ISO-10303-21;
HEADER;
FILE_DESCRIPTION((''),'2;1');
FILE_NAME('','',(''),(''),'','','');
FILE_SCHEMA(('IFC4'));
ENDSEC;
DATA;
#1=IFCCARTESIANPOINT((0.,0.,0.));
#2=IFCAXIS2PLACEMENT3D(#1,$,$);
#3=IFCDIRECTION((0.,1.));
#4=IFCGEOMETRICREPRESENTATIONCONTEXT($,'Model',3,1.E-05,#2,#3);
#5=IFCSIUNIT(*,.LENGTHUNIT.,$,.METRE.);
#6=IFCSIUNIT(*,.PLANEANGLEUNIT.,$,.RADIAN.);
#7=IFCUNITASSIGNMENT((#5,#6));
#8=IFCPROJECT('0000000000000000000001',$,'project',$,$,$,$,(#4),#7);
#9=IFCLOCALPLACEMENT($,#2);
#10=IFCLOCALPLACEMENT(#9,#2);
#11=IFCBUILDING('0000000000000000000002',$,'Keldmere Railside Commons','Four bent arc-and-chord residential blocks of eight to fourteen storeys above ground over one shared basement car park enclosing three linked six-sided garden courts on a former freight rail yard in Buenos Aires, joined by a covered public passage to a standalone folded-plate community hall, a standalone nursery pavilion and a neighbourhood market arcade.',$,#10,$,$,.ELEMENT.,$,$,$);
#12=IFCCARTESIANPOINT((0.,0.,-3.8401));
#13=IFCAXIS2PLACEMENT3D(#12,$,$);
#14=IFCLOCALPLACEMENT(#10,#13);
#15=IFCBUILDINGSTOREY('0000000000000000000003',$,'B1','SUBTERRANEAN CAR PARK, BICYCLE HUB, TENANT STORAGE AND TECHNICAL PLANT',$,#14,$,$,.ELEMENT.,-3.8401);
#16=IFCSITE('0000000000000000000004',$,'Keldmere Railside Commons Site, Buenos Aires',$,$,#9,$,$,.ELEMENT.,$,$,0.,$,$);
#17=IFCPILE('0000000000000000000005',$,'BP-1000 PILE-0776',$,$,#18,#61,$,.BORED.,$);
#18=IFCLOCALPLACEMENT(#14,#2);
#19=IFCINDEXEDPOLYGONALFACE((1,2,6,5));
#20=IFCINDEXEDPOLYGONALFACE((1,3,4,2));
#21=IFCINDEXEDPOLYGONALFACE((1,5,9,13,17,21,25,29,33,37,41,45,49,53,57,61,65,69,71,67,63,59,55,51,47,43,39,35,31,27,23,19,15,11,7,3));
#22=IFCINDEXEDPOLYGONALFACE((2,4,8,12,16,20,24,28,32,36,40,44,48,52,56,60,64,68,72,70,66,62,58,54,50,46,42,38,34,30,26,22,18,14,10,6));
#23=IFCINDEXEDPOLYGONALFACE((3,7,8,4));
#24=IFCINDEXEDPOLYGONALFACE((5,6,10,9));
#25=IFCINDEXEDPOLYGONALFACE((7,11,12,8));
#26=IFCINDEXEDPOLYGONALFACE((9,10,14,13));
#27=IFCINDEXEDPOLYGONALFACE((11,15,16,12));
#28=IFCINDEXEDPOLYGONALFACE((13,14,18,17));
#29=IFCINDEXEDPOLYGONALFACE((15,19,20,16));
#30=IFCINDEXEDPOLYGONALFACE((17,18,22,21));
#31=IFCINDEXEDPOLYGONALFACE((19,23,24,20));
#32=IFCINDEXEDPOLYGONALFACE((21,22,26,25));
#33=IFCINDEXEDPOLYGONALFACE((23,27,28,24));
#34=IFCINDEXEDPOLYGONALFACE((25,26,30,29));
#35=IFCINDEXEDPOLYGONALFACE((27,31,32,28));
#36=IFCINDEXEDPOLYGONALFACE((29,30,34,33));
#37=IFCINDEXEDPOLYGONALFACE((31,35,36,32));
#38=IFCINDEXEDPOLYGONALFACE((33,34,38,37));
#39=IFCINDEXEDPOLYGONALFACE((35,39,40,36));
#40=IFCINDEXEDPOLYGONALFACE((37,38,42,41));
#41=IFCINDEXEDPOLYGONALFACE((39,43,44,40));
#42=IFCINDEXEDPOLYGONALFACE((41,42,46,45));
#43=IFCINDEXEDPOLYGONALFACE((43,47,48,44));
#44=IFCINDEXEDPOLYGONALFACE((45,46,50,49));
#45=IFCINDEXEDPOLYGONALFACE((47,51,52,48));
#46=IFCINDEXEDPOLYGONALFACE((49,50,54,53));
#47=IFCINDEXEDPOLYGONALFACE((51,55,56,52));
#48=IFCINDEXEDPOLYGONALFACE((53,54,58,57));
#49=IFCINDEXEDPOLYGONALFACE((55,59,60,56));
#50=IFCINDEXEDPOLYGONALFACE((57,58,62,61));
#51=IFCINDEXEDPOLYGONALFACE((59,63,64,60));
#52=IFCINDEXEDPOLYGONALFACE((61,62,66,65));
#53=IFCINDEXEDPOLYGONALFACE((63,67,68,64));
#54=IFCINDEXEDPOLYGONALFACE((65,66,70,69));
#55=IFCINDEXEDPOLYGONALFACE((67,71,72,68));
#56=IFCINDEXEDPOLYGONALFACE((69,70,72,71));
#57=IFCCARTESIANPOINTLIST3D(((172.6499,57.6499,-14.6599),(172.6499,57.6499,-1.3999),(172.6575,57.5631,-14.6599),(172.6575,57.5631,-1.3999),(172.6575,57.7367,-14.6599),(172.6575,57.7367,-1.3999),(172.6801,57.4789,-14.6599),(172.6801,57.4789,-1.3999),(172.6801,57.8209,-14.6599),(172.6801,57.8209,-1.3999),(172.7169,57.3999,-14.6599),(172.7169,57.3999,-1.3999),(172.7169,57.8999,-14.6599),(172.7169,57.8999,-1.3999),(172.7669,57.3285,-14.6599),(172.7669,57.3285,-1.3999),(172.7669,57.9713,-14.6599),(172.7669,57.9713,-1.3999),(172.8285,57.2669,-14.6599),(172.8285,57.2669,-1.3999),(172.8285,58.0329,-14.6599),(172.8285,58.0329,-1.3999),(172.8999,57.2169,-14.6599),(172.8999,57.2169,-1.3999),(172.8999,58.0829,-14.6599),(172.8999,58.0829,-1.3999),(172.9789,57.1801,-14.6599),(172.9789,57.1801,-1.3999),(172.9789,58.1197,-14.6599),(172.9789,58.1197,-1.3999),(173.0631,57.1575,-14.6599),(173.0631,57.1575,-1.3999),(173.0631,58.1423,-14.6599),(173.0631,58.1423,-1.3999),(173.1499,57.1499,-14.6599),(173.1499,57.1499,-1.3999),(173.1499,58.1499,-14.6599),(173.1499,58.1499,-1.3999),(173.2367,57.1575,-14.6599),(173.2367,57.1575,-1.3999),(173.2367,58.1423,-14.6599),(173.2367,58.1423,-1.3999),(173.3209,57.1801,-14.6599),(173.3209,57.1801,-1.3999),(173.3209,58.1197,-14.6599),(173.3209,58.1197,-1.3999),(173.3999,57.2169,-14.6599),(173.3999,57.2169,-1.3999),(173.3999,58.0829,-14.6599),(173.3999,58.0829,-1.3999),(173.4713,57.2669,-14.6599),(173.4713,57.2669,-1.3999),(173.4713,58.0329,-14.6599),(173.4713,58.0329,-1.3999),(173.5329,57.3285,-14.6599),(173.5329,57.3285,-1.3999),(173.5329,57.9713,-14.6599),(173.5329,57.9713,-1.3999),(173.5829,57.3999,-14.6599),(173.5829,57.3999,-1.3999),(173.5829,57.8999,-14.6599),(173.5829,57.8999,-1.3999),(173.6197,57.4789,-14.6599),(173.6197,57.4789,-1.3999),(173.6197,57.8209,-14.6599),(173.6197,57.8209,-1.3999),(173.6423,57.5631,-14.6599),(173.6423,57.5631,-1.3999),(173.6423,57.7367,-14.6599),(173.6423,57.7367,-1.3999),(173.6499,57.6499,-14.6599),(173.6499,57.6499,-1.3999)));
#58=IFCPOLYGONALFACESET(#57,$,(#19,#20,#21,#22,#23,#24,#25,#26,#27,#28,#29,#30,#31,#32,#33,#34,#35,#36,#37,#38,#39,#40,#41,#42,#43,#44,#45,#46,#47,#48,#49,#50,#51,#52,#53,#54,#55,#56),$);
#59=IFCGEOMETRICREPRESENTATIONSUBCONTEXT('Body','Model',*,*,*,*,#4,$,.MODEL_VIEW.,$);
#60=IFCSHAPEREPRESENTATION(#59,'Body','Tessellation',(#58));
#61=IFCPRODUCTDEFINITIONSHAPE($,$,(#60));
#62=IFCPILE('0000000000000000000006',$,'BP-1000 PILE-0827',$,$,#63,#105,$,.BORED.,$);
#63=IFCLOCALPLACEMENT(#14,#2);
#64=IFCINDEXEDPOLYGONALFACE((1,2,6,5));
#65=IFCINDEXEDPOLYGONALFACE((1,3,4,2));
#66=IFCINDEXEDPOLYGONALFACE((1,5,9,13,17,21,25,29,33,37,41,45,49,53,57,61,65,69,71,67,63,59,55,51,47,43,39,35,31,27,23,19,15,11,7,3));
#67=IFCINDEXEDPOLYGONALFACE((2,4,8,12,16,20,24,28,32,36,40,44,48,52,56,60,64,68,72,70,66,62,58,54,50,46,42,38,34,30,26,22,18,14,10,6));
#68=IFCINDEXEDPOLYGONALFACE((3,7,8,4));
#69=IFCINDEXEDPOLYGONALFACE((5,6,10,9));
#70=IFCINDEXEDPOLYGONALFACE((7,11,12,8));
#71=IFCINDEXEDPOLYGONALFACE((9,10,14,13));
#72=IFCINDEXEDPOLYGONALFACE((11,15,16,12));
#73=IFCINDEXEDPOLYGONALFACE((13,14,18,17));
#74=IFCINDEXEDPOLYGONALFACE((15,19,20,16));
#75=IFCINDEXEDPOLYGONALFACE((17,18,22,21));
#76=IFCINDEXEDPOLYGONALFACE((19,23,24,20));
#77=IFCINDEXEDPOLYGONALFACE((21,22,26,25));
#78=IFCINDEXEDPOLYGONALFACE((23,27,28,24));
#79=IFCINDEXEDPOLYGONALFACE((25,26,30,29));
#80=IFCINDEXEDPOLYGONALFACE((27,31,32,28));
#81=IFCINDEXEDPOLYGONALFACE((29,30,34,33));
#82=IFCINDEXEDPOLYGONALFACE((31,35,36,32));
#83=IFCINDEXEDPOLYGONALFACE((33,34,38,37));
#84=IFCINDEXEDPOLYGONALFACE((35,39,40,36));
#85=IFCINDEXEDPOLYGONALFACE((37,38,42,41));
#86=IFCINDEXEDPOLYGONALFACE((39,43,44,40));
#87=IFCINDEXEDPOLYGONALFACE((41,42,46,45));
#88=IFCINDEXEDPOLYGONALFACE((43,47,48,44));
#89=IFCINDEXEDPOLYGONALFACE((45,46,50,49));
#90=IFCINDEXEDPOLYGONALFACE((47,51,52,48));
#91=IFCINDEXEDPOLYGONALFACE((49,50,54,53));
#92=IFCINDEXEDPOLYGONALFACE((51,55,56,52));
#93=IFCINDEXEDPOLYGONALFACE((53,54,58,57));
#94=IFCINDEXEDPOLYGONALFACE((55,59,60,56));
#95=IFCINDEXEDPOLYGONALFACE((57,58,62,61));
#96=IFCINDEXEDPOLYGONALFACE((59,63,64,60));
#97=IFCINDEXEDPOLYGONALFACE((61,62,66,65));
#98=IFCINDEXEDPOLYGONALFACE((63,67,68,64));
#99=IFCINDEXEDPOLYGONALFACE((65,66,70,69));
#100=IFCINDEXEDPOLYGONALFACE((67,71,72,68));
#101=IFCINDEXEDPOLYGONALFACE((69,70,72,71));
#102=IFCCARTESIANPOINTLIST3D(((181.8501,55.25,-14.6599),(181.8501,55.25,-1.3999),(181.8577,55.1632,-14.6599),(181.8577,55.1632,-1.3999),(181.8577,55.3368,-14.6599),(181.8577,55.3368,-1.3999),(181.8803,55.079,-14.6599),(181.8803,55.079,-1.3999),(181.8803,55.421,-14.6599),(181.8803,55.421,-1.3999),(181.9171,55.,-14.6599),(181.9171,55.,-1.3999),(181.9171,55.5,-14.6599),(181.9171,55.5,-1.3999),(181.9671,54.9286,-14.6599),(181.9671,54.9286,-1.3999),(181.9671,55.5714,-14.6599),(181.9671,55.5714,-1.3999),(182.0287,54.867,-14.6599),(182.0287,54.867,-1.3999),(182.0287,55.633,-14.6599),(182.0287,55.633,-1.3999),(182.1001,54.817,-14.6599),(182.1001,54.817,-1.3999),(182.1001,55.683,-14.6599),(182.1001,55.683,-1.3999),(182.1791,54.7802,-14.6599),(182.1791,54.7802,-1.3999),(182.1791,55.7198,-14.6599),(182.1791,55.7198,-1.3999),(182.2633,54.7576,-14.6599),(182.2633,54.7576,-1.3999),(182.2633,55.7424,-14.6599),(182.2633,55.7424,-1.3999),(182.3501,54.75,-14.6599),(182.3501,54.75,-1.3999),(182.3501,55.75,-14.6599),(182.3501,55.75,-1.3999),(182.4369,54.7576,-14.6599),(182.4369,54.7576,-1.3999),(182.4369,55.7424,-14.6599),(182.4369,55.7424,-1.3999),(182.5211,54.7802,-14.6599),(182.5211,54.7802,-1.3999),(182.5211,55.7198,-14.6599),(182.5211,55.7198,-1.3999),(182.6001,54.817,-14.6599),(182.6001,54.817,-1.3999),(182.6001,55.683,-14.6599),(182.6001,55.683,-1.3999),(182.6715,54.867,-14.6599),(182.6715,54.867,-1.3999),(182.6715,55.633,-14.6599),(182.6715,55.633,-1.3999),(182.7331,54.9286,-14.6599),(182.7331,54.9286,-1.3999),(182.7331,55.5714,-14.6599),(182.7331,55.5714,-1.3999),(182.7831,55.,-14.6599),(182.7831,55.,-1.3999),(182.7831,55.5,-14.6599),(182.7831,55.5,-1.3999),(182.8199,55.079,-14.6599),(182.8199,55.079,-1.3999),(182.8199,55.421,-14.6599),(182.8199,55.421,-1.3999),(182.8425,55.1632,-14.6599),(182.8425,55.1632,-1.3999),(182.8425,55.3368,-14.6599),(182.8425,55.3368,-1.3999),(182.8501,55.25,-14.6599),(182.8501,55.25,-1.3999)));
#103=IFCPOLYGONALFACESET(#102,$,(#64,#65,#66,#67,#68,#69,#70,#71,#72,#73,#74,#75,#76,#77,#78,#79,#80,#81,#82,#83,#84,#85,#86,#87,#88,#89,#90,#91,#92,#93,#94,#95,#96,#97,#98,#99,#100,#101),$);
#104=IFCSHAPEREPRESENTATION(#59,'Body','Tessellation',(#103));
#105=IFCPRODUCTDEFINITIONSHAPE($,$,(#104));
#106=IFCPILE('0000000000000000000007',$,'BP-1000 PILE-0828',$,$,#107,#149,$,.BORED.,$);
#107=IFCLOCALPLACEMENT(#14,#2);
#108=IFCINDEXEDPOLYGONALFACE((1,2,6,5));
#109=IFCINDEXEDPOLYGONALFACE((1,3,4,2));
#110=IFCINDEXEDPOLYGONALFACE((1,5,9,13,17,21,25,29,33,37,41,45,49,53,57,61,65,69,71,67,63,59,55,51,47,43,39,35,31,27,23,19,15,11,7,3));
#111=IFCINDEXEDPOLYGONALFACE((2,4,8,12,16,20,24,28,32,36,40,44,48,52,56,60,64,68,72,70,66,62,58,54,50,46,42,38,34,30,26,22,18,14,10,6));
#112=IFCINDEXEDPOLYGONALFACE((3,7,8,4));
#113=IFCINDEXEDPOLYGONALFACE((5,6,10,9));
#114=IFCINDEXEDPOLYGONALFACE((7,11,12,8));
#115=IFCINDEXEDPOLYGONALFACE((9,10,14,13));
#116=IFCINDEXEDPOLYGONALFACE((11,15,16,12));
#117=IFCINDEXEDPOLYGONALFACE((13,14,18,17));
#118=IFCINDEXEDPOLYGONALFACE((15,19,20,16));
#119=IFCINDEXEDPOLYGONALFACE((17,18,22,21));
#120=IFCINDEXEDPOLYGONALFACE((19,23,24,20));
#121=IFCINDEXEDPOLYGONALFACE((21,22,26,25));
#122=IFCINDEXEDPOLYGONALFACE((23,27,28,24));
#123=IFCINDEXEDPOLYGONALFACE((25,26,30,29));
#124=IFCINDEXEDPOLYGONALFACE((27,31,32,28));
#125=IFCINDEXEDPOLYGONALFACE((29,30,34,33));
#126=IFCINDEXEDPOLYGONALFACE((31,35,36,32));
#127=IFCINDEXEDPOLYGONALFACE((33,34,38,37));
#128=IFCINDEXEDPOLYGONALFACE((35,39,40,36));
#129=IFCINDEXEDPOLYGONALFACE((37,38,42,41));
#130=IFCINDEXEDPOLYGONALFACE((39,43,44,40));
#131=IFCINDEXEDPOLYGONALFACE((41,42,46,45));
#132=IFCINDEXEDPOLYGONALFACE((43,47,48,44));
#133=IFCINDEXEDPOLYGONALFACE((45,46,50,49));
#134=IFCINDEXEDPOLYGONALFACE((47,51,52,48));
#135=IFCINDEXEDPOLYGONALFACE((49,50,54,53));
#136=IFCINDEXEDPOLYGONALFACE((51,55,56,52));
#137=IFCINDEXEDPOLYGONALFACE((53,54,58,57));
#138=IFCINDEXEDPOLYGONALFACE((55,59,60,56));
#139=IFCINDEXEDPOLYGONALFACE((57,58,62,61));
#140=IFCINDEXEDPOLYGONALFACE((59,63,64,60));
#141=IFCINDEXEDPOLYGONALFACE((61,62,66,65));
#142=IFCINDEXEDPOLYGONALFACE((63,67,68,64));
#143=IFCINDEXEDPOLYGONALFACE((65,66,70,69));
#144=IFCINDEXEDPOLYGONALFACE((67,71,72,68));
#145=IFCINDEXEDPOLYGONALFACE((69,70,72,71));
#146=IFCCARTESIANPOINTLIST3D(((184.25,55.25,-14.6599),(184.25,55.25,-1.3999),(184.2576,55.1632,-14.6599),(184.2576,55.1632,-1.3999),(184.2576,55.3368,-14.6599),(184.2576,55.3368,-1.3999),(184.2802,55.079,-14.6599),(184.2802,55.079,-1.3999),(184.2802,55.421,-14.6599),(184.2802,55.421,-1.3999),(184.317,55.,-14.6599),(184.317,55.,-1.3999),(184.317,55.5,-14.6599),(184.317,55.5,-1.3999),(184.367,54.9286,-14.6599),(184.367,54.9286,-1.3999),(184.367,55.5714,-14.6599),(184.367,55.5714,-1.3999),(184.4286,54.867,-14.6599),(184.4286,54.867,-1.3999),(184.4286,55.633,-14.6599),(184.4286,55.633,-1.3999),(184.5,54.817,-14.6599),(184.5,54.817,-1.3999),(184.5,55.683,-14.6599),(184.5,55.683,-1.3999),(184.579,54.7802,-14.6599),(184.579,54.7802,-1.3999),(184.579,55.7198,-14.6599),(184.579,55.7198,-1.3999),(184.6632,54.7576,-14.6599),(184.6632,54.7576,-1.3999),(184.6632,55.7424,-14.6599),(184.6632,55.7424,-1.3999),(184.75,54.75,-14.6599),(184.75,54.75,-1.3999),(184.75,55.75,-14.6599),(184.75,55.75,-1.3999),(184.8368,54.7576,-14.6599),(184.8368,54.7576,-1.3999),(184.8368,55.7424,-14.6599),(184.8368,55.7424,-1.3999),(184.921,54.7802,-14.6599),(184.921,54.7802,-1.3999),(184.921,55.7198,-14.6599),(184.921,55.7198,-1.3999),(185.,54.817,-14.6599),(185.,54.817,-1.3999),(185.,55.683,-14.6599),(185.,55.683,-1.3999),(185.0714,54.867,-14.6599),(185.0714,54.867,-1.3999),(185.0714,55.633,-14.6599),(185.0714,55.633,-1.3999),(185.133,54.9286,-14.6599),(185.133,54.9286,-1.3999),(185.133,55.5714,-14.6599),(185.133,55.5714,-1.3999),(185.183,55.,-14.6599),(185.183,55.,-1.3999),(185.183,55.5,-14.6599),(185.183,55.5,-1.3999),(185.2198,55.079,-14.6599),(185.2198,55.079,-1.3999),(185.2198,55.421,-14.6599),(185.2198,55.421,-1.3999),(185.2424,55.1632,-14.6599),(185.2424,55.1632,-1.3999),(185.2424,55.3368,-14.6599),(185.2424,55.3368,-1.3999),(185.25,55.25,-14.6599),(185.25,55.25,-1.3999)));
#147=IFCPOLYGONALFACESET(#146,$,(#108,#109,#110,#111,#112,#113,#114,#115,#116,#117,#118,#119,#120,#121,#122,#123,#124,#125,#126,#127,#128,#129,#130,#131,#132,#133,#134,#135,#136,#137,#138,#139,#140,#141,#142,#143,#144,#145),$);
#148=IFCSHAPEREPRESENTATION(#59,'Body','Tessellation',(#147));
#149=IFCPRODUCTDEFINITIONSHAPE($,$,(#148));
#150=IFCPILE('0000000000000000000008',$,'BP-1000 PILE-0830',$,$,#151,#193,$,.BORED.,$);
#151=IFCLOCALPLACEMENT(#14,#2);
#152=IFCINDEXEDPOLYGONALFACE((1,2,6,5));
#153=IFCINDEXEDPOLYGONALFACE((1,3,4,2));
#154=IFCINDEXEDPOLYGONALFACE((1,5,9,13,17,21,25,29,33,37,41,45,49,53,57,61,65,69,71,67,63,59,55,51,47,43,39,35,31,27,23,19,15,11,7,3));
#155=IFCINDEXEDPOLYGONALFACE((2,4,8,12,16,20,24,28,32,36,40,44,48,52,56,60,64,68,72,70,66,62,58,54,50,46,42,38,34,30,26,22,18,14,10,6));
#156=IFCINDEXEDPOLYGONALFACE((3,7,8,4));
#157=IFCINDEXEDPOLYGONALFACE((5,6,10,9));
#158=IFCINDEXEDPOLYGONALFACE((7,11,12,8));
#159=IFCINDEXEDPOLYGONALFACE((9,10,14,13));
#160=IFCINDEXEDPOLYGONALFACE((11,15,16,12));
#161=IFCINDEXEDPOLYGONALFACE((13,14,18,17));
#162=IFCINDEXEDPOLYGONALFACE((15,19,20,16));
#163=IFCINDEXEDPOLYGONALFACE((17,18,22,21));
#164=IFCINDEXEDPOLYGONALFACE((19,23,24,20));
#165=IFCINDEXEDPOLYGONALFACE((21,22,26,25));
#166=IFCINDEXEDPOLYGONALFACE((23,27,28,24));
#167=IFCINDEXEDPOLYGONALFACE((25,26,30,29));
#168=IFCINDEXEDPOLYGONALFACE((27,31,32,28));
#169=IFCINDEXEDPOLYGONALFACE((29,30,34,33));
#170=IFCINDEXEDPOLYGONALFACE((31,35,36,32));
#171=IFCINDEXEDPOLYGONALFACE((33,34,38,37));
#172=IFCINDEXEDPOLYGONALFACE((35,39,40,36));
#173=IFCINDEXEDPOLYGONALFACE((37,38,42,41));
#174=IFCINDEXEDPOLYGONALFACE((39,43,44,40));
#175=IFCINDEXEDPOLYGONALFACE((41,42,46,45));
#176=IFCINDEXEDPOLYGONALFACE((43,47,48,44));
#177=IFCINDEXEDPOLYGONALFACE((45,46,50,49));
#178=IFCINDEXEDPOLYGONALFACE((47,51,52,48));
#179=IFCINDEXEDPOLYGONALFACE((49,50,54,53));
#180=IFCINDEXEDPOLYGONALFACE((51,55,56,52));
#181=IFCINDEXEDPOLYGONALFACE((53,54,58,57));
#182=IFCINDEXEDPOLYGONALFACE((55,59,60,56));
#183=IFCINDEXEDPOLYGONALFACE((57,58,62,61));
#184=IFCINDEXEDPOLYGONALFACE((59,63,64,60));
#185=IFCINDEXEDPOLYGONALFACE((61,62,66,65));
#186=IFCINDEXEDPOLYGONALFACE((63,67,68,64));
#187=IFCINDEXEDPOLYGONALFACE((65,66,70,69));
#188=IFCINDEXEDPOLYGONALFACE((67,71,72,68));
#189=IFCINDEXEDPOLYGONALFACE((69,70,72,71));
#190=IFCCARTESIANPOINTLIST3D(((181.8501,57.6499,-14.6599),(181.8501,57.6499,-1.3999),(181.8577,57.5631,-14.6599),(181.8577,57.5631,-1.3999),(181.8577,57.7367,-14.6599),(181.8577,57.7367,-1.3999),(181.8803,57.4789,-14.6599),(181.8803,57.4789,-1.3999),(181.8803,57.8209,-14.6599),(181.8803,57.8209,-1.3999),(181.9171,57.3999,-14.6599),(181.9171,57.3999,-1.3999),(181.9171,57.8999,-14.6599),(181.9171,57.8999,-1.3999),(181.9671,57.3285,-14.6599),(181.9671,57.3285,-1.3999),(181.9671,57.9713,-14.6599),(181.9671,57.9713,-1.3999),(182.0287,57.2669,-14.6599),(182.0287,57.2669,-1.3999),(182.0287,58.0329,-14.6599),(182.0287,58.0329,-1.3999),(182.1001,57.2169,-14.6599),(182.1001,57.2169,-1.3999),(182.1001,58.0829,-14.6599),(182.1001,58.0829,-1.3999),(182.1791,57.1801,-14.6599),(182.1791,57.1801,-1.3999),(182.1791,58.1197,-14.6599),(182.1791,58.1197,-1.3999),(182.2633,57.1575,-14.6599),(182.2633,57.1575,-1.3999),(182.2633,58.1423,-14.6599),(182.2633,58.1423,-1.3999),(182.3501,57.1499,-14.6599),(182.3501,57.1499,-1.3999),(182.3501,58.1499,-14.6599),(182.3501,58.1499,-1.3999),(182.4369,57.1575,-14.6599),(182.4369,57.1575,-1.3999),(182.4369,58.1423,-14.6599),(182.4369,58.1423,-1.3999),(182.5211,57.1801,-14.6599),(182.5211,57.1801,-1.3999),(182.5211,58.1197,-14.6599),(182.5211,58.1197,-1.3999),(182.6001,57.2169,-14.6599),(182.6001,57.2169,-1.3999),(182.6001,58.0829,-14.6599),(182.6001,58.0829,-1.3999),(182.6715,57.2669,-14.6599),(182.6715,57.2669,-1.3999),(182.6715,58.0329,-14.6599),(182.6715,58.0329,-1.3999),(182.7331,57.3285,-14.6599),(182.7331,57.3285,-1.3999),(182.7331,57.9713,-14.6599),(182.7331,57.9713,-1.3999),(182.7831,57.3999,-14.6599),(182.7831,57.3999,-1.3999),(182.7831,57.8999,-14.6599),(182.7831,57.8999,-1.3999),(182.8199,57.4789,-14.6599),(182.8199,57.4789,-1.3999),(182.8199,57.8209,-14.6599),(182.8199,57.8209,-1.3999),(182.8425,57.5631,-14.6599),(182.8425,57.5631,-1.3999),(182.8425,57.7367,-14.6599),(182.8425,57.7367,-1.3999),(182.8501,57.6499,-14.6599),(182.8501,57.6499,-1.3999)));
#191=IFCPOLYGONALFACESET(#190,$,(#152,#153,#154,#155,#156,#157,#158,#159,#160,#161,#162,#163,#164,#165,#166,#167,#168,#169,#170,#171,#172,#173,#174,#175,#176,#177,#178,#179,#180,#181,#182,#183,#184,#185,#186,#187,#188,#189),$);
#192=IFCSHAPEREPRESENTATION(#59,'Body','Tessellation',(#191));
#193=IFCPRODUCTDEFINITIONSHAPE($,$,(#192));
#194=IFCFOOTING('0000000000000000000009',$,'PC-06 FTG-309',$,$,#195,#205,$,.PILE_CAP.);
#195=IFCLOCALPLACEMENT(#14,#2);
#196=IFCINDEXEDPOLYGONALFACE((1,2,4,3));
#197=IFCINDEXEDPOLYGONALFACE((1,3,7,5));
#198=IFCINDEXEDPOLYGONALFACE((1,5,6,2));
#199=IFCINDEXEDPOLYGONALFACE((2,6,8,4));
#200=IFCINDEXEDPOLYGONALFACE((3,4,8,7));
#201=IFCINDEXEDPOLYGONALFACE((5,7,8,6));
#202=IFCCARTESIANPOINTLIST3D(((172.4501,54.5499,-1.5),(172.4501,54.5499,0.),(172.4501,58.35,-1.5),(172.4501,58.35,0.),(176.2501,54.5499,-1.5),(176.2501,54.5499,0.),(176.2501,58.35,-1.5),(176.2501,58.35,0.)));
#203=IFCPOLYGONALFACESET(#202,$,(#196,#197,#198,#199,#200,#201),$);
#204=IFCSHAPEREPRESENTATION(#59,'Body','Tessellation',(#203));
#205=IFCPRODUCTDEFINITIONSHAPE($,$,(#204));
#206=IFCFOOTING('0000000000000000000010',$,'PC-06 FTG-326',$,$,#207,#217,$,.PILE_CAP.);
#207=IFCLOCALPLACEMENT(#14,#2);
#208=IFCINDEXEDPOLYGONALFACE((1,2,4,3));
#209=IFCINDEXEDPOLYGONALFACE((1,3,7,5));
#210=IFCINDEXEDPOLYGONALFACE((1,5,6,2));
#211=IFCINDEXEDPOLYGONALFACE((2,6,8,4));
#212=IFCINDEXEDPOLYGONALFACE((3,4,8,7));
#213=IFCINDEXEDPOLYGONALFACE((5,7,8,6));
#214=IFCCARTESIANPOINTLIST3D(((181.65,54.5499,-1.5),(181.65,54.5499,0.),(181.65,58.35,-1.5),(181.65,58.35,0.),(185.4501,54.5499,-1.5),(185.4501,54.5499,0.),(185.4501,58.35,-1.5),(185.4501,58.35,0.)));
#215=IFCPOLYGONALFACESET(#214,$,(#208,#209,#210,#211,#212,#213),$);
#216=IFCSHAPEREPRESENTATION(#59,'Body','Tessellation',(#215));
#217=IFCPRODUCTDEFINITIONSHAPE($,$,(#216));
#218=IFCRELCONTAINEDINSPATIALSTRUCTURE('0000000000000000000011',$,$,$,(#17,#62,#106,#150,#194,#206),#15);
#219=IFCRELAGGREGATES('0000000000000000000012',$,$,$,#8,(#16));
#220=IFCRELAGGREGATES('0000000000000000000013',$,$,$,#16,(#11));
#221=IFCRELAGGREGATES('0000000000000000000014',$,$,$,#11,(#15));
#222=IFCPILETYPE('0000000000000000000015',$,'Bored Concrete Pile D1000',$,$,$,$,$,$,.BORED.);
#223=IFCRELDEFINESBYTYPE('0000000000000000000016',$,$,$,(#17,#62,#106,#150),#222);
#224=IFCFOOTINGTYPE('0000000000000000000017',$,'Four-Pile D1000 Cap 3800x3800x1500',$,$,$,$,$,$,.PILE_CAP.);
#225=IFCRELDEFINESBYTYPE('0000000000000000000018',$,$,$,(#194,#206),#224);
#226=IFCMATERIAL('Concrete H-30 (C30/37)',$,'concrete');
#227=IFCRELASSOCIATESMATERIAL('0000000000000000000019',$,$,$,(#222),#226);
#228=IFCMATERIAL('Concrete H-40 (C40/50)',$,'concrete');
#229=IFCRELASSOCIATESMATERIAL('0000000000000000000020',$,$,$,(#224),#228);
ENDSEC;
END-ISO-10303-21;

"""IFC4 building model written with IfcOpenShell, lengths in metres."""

from ifc_helpers import new_model, si_unit, direction, frame, origin, origin_2d, place, context, subcontext, project, spatial, rectangle, circle, extrude, material, material_profile, profile_set, type_object, element, save


model = new_model("IFC4")

# Units and contexts
model_context = context("Model", 3, precision=1e-05, world=origin(), true_north=direction((0.0, 1.0)))
body_context = subcontext(model_context, "Body", "Model", "MODEL_VIEW")
ifc_project = project(units=[si_unit("LENGTHUNIT", "METRE"), si_unit("PLANEANGLEUNIT", "RADIAN")], contexts=[model_context])

# Site, building, storey
site_placement = place(None, origin())
site = spatial("IfcSite", under=ifc_project, at=site_placement, Name="Keldmere Railside Commons Site, Buenos Aires", CompositionType="ELEMENT", RefElevation=0.0)
building_placement = place(site_placement, origin())
building = spatial("IfcBuilding", under=site, at=building_placement, Name="Keldmere Railside Commons", Description="Four bent arc-and-chord residential blocks of eight to fourteen storeys above ground over one shared basement car park enclosing three linked six-sided garden courts on a former freight rail yard in Buenos Aires, joined by a covered public passage to a standalone folded-plate community hall, a standalone nursery pavilion and a neighbourhood market arcade.", CompositionType="ELEMENT")
storey_placement = place(building_placement, frame((0.0, 0.0, -3.8401)))
storey = spatial("IfcBuildingStorey", under=building, at=storey_placement, Name="B1", Description="SUBTERRANEAN CAR PARK, BICYCLE HUB, TENANT STORAGE AND TECHNICAL PLANT", CompositionType="ELEMENT", Elevation=-3.8401)

# Piles
ifc_material_1 = material(Name="Concrete H-30 (C30/37)", Category="concrete")
ifc_material_profile_1 = material_profile(ifc_material_1, circle(Radius=0.5, at=origin_2d()), Name="PILE-D1000")
ifc_profile_set_1 = profile_set([ifc_material_profile_1], Name="Concrete H-30 (C30/37)")
pile_type = type_object("IfcPileType", Name="Bored Concrete Pile D1000", PredefinedType="BORED", material=ifc_profile_set_1)
for number, where, z_axis, x_axis, name in (
    (1, (173.1499, 57.6499, -1.3999), (0.0, 0.0, -1.0), (1.0, 0.0, 0.0), "BP-1000 PILE-0776"),
    (2, (182.3501, 55.25, -1.3999), (0.0, 0.0, -1.0), (1.0, 0.0, 0.0), "BP-1000 PILE-0827"),
    (3, (184.75, 55.25, -1.3999), (0.0, 0.0, -1.0), (1.0, 0.0, 0.0), "BP-1000 PILE-0828"),
    (4, (182.3501, 57.6499, -1.3999), (0.0, 0.0, -1.0), (1.0, 0.0, 0.0), "BP-1000 PILE-0830"),
):
    element("IfcPile", number, at=place(storey_placement, frame(where, z_axis=z_axis, x_axis=x_axis)), inside=storey, type_object=pile_type, Name=name, PredefinedType="BORED", context=body_context, shape_type="SweptSolid", body=[
        extrude(circle(Radius=0.5, at=origin_2d()), origin(), (0.0, 0.0, 1.0), 13.26),
    ])

# Footings
ifc_material_2 = material(Name="Concrete H-40 (C40/50)", Category="concrete")
footing_type_1 = type_object("IfcFootingType", Name="Four-Pile D1000 Cap 3800x3800x1500", PredefinedType="PILE_CAP", material=ifc_material_2)
for number, where, z_axis, x_axis, name in (
    (5, (174.3501, 56.45, -1.5), (0.0, 0.0, 1.0), (1.0, 0.0, 0.0), "PC-06 FTG-309"),
    (6, (183.55, 56.45, -1.5), (0.0, 0.0, 1.0), (1.0, 0.0, 0.0), "PC-06 FTG-326"),
):
    element("IfcFooting", number, at=place(storey_placement, frame(where, z_axis=z_axis, x_axis=x_axis)), inside=storey, type_object=footing_type_1, Name=name, PredefinedType="PILE_CAP", context=body_context, shape_type="SweptSolid", body=[
        extrude(rectangle(XDim=3.8, YDim=3.8, at=origin_2d()), origin(), (0.0, 0.0, 1.0), 1.5),
    ])

save(model, "model.ifc")
